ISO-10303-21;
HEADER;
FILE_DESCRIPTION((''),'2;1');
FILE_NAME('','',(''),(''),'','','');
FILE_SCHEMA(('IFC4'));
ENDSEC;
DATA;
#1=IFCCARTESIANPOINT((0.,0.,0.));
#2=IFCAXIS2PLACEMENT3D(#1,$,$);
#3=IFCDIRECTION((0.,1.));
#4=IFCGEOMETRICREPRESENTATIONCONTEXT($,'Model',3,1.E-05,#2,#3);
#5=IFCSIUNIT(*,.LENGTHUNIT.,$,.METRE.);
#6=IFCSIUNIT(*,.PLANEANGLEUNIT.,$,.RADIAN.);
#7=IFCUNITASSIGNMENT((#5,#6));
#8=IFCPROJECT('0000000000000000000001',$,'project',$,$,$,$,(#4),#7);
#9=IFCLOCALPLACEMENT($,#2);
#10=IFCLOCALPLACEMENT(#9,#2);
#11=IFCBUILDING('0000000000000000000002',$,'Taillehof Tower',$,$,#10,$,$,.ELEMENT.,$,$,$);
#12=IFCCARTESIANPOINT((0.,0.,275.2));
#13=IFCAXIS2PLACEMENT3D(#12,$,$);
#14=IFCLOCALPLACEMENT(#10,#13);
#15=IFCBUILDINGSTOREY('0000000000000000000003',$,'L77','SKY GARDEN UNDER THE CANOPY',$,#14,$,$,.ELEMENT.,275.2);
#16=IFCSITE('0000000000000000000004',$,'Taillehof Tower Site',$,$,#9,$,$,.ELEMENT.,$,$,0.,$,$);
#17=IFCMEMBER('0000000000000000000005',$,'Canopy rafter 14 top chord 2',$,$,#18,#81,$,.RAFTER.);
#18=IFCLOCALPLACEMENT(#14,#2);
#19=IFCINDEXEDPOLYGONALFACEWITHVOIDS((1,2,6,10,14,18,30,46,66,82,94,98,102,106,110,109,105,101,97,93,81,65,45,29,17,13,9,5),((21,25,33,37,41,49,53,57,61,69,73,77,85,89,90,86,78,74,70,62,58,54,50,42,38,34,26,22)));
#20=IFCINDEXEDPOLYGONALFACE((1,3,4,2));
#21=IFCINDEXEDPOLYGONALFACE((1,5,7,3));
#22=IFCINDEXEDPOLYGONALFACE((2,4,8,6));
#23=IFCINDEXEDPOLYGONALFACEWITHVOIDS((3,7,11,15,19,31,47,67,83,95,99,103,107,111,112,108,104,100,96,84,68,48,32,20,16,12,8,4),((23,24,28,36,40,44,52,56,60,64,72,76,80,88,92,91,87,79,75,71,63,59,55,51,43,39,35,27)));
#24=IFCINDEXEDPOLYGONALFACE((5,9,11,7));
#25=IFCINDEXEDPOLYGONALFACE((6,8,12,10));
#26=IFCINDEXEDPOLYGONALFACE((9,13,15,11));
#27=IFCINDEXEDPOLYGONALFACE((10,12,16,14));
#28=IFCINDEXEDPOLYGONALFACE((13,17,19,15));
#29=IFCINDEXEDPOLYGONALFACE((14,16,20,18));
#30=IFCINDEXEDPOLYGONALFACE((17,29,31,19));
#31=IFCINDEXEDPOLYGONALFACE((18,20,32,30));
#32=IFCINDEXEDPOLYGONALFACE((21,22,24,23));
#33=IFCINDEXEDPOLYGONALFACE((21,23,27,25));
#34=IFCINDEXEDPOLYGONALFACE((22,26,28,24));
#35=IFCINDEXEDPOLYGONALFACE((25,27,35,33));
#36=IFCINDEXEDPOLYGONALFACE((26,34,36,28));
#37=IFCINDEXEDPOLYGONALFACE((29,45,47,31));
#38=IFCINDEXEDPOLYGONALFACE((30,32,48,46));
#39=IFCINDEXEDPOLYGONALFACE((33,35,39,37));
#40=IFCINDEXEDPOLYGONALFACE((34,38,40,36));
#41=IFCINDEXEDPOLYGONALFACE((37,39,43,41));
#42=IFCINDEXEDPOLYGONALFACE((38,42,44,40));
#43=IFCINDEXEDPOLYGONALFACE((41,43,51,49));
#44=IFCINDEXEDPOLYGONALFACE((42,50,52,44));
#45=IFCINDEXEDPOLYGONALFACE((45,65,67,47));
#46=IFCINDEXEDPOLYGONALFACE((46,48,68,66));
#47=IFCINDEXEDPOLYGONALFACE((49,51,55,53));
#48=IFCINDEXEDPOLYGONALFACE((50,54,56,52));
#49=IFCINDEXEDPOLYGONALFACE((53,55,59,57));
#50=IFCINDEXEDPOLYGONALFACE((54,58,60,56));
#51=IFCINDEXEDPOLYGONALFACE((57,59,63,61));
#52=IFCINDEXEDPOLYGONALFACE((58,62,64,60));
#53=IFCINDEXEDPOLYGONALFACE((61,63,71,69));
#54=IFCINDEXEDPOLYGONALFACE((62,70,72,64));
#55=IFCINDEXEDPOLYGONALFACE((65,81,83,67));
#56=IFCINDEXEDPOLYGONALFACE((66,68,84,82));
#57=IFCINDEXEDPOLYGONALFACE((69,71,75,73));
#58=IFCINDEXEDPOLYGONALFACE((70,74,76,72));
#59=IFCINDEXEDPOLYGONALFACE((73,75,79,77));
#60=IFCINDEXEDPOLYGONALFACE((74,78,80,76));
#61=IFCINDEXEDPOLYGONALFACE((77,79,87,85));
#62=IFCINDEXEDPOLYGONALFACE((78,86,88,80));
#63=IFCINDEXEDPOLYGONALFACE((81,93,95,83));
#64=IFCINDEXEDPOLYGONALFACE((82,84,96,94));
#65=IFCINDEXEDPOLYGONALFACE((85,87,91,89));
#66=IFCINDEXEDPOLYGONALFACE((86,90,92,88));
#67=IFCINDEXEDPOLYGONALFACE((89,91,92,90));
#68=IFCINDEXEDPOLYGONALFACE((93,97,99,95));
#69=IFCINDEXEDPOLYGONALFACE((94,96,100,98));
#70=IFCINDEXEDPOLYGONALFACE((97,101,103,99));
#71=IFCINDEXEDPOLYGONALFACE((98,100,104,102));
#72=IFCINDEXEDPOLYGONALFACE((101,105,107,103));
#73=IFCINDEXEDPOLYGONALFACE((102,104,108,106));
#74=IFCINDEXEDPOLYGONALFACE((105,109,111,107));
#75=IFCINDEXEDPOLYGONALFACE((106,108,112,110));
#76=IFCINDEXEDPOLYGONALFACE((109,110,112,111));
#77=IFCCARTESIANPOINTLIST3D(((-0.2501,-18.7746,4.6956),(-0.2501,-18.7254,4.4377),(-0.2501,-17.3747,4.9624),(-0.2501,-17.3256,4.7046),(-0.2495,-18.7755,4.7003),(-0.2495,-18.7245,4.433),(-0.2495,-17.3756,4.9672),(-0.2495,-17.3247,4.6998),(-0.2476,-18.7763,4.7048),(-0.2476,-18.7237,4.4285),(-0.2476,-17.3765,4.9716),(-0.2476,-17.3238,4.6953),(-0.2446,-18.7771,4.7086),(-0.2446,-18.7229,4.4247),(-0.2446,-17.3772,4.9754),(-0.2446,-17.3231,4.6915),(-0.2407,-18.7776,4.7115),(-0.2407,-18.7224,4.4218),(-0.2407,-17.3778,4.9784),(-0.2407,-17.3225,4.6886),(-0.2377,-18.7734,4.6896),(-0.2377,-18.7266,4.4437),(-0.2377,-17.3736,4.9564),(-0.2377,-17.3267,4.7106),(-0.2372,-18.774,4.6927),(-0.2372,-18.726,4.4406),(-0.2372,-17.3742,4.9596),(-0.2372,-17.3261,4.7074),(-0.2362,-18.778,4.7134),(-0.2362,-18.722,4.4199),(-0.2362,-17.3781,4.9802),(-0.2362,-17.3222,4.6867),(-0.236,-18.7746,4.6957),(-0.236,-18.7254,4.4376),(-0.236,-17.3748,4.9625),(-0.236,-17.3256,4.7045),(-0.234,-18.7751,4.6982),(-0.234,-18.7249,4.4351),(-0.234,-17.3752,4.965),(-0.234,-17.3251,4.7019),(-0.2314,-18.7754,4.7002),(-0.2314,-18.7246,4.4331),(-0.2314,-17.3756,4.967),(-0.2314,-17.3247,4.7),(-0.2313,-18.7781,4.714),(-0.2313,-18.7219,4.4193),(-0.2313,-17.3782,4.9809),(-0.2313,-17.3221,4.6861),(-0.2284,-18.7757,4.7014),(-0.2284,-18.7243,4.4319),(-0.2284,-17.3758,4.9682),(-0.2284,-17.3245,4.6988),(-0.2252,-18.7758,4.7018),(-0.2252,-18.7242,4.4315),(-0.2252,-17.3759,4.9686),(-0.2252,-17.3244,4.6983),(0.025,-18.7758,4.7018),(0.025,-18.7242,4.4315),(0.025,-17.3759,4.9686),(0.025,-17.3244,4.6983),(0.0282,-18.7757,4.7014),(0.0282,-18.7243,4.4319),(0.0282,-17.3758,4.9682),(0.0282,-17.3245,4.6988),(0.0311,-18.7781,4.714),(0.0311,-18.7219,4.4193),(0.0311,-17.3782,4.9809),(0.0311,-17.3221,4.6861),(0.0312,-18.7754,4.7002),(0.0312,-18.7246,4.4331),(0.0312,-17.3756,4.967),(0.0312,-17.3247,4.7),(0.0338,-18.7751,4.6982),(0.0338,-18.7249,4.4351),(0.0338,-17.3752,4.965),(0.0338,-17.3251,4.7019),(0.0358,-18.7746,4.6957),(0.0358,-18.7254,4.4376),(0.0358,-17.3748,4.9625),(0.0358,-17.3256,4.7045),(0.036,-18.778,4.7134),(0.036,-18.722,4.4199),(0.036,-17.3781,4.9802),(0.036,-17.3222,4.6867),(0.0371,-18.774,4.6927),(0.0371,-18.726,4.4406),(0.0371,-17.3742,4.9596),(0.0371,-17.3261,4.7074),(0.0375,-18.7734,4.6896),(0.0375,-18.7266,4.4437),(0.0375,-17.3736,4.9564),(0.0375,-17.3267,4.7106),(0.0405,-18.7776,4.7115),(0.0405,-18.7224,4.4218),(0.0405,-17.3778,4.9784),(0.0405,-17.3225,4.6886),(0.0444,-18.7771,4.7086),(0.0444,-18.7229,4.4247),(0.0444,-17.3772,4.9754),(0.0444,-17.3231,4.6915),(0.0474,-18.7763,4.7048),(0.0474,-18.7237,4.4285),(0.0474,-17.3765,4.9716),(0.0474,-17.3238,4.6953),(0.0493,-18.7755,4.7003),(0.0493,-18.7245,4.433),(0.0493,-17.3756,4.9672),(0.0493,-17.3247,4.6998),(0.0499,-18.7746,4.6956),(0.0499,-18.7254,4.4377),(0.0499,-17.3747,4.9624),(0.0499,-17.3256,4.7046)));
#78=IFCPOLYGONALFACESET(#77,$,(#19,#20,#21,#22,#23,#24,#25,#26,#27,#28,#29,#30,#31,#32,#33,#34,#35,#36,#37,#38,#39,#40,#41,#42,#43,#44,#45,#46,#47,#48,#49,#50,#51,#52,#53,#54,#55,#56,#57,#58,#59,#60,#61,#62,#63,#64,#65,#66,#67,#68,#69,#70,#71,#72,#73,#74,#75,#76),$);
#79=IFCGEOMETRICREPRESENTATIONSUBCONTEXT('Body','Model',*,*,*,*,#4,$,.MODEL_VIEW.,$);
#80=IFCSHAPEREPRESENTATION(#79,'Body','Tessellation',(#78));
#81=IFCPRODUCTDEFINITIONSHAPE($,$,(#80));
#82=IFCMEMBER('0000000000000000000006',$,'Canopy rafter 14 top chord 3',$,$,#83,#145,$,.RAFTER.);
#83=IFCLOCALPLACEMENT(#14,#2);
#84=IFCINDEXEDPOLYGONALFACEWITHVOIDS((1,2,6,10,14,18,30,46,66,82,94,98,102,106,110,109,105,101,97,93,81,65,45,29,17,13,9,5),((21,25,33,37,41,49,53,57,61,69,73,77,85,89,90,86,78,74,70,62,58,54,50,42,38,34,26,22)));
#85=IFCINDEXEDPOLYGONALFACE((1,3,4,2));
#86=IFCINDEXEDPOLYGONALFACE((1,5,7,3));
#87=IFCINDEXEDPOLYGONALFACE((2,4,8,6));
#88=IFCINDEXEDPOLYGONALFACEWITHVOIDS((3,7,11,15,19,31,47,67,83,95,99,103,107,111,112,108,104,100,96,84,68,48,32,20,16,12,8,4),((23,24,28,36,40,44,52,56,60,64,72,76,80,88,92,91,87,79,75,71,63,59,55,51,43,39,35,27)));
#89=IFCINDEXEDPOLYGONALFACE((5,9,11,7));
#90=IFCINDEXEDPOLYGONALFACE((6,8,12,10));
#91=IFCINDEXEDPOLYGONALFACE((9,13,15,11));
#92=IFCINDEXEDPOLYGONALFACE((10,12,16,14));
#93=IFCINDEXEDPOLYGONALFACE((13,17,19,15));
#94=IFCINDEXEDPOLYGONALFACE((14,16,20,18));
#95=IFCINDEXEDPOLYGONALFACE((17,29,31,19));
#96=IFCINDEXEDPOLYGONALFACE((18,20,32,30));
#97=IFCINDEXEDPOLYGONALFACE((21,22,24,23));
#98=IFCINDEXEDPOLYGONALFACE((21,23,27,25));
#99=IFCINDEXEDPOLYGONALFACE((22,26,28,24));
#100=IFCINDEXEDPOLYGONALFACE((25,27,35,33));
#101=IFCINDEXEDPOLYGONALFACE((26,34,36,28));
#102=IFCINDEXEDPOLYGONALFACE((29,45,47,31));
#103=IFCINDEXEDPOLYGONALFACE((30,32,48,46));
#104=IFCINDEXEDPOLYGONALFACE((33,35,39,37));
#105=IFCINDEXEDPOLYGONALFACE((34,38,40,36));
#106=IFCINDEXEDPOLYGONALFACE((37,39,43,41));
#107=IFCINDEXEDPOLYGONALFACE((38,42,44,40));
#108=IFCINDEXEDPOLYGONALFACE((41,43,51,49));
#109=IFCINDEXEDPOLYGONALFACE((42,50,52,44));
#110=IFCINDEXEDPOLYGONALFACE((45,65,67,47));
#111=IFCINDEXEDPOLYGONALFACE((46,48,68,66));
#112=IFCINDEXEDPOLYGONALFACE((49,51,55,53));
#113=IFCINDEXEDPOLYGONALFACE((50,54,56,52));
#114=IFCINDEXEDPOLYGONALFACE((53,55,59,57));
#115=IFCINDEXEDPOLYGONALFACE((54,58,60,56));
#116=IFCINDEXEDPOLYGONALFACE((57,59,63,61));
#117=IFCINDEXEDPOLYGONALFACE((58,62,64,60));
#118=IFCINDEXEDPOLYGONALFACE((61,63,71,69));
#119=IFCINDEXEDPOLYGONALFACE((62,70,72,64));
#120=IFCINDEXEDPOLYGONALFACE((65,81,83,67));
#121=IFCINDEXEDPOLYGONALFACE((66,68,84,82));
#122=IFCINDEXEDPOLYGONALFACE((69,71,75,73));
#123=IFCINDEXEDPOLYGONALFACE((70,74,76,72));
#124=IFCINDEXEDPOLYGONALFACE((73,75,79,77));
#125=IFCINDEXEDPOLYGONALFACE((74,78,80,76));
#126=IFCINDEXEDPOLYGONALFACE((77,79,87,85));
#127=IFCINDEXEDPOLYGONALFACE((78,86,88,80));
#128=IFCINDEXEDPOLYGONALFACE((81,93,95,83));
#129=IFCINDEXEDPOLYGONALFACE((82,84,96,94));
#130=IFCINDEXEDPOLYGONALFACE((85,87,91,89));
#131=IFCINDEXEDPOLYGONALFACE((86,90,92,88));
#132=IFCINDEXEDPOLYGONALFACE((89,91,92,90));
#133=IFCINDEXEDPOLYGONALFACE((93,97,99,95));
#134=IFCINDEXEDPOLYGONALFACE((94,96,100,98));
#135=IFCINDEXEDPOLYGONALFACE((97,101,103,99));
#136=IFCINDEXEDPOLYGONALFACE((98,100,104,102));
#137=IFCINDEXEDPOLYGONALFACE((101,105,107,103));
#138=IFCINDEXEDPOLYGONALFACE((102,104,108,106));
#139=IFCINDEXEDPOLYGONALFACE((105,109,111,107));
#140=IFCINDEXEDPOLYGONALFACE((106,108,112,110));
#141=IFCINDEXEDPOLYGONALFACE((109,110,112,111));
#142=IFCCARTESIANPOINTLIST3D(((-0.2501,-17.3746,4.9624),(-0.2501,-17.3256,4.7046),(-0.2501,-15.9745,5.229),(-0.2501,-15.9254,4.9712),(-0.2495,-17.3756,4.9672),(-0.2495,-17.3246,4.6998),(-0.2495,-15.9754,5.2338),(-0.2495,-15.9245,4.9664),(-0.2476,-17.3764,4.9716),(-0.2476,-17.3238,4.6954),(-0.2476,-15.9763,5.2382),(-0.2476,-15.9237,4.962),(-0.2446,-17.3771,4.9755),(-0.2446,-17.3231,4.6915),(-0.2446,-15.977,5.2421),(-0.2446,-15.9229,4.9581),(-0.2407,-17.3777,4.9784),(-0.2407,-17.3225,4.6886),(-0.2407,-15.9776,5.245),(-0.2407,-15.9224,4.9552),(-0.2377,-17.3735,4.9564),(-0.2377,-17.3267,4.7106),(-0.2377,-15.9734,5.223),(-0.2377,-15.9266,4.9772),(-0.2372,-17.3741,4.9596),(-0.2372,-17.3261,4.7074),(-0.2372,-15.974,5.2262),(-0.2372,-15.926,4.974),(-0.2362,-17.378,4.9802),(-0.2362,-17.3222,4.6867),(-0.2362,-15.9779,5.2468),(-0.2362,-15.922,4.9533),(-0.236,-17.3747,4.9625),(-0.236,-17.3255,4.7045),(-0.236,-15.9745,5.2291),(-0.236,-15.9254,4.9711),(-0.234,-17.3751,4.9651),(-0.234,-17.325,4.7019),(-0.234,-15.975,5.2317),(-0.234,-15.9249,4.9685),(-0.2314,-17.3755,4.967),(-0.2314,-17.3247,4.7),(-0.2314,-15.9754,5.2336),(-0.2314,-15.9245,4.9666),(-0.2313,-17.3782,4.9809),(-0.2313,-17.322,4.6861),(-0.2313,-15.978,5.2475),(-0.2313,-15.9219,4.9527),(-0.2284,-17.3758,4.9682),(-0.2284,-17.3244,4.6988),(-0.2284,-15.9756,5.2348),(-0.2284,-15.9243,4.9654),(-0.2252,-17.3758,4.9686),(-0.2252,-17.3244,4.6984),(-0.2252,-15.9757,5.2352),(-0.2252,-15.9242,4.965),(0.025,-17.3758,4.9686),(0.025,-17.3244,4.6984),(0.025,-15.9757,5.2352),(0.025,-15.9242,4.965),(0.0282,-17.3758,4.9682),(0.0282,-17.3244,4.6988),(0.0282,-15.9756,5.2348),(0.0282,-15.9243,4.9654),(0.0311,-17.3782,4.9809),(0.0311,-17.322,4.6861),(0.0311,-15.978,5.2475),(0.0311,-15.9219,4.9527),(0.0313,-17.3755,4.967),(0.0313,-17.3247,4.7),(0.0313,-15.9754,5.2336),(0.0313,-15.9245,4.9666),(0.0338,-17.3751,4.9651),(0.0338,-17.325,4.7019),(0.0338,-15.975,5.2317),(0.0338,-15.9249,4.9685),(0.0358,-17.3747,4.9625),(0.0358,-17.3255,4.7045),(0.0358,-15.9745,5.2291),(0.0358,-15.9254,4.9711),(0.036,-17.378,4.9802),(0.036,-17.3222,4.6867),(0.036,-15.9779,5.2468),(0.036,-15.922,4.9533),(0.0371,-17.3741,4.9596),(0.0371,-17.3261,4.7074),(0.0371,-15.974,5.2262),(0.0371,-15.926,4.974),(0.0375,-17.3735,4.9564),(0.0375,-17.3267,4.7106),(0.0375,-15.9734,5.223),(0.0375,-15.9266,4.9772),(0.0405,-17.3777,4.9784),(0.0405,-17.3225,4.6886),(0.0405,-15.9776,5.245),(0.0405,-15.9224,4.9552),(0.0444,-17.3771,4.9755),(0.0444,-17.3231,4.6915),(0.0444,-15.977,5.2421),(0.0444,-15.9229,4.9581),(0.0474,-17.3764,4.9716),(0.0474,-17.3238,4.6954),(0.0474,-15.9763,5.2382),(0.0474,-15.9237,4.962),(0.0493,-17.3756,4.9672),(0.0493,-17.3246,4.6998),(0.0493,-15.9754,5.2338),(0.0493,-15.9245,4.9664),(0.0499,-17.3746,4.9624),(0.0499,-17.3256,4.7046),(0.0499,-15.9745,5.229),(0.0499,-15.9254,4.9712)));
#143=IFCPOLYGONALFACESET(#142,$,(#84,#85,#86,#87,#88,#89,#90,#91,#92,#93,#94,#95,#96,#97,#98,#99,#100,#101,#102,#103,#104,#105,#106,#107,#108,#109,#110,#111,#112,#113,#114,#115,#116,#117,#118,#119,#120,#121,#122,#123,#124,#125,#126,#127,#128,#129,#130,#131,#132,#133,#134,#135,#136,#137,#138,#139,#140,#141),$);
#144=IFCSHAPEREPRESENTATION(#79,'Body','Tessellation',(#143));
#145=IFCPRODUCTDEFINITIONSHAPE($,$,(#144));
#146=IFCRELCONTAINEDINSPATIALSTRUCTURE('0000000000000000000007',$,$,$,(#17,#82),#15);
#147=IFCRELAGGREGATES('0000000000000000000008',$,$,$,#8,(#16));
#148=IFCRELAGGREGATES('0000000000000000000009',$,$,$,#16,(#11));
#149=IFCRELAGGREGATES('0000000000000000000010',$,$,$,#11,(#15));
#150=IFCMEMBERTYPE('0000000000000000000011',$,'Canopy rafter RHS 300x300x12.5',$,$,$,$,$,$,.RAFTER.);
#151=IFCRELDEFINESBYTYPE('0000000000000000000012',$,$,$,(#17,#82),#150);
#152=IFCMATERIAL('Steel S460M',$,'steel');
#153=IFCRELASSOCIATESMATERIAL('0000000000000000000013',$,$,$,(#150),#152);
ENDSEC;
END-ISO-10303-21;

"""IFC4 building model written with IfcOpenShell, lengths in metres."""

from ifc_helpers import new_model, si_unit, direction, frame, origin, origin_2d, place, context, subcontext, project, spatial, hollow_rectangle, extrude, material, material_profile, profile_set, type_object, element, save


model = new_model("IFC4")

# Units and contexts
model_context = context("Model", 3, precision=1e-05, world=origin(), true_north=direction((0.0, 1.0)))
body_context = subcontext(model_context, "Body", "Model", "MODEL_VIEW")
ifc_project = project(units=[si_unit("LENGTHUNIT", "METRE"), si_unit("PLANEANGLEUNIT", "RADIAN")], contexts=[model_context])

# Site, building, storey
site_placement = place(None, origin())
site = spatial("IfcSite", under=ifc_project, at=site_placement, Name="Taillehof Tower Site", CompositionType="ELEMENT", RefElevation=0.0)
building_placement = place(site_placement, origin())
building = spatial("IfcBuilding", under=site, at=building_placement, Name="Taillehof Tower", CompositionType="ELEMENT")
storey_placement = place(building_placement, frame((0.0, 0.0, 275.2)))
storey = spatial("IfcBuildingStorey", under=building, at=storey_placement, Name="L77", Description="SKY GARDEN UNDER THE CANOPY", CompositionType="ELEMENT", Elevation=275.2)

# Members
ifc_material_1 = material(Name="Steel S460M", Category="steel")
ifc_material_profile_1 = material_profile(ifc_material_1, hollow_rectangle(XDim=0.3, YDim=0.3, WallThickness=0.0125, InnerFilletRadius=0.0125, OuterFilletRadius=0.0188, at=origin_2d()), Name="RHS 300x300x12.5")
ifc_profile_set_1 = profile_set([ifc_material_profile_1], Name="Steel S460M")
member_type_1 = type_object("IfcMemberType", Name="Canopy rafter RHS 300x300x12.5", PredefinedType="RAFTER", material=ifc_profile_set_1)
for number, where, z_axis, x_axis, name in (
    (1, (-0.1001, -18.75, 4.5667), (0.0, 0.982313, 0.187246), (-1.0, 0.0, 0.0), "Canopy rafter 14 top chord 2"),
):
    element("IfcMember", number, at=place(storey_placement, frame(where, z_axis=z_axis, x_axis=x_axis)), inside=storey, type_object=member_type_1, Name=name, PredefinedType="RAFTER", context=body_context, shape_type="SweptSolid", body=[
        extrude(hollow_rectangle(XDim=0.3, YDim=0.3, WallThickness=0.0125, InnerFilletRadius=0.0125, OuterFilletRadius=0.0188, at=origin_2d()), origin(), (0.0, 0.0, 1.0), 1.425),
    ])
member_1_placement = place(storey_placement, frame((-0.1001, -17.3501, 4.8335), z_axis=(0.0, 0.982351, 0.187049), x_axis=(-1.0, 0.0, 0.0)))
element("IfcMember", 2, at=member_1_placement, inside=storey, type_object=member_type_1, Name="Canopy rafter 14 top chord 3", PredefinedType="RAFTER", context=body_context, shape_type="SweptSolid", body=[
    extrude(hollow_rectangle(XDim=0.3, YDim=0.3, WallThickness=0.0125, InnerFilletRadius=0.0125, OuterFilletRadius=0.0188, at=origin_2d()), origin(), (0.0, 0.0, 1.0), 1.4253),
])

save(model, "model.ifc")
